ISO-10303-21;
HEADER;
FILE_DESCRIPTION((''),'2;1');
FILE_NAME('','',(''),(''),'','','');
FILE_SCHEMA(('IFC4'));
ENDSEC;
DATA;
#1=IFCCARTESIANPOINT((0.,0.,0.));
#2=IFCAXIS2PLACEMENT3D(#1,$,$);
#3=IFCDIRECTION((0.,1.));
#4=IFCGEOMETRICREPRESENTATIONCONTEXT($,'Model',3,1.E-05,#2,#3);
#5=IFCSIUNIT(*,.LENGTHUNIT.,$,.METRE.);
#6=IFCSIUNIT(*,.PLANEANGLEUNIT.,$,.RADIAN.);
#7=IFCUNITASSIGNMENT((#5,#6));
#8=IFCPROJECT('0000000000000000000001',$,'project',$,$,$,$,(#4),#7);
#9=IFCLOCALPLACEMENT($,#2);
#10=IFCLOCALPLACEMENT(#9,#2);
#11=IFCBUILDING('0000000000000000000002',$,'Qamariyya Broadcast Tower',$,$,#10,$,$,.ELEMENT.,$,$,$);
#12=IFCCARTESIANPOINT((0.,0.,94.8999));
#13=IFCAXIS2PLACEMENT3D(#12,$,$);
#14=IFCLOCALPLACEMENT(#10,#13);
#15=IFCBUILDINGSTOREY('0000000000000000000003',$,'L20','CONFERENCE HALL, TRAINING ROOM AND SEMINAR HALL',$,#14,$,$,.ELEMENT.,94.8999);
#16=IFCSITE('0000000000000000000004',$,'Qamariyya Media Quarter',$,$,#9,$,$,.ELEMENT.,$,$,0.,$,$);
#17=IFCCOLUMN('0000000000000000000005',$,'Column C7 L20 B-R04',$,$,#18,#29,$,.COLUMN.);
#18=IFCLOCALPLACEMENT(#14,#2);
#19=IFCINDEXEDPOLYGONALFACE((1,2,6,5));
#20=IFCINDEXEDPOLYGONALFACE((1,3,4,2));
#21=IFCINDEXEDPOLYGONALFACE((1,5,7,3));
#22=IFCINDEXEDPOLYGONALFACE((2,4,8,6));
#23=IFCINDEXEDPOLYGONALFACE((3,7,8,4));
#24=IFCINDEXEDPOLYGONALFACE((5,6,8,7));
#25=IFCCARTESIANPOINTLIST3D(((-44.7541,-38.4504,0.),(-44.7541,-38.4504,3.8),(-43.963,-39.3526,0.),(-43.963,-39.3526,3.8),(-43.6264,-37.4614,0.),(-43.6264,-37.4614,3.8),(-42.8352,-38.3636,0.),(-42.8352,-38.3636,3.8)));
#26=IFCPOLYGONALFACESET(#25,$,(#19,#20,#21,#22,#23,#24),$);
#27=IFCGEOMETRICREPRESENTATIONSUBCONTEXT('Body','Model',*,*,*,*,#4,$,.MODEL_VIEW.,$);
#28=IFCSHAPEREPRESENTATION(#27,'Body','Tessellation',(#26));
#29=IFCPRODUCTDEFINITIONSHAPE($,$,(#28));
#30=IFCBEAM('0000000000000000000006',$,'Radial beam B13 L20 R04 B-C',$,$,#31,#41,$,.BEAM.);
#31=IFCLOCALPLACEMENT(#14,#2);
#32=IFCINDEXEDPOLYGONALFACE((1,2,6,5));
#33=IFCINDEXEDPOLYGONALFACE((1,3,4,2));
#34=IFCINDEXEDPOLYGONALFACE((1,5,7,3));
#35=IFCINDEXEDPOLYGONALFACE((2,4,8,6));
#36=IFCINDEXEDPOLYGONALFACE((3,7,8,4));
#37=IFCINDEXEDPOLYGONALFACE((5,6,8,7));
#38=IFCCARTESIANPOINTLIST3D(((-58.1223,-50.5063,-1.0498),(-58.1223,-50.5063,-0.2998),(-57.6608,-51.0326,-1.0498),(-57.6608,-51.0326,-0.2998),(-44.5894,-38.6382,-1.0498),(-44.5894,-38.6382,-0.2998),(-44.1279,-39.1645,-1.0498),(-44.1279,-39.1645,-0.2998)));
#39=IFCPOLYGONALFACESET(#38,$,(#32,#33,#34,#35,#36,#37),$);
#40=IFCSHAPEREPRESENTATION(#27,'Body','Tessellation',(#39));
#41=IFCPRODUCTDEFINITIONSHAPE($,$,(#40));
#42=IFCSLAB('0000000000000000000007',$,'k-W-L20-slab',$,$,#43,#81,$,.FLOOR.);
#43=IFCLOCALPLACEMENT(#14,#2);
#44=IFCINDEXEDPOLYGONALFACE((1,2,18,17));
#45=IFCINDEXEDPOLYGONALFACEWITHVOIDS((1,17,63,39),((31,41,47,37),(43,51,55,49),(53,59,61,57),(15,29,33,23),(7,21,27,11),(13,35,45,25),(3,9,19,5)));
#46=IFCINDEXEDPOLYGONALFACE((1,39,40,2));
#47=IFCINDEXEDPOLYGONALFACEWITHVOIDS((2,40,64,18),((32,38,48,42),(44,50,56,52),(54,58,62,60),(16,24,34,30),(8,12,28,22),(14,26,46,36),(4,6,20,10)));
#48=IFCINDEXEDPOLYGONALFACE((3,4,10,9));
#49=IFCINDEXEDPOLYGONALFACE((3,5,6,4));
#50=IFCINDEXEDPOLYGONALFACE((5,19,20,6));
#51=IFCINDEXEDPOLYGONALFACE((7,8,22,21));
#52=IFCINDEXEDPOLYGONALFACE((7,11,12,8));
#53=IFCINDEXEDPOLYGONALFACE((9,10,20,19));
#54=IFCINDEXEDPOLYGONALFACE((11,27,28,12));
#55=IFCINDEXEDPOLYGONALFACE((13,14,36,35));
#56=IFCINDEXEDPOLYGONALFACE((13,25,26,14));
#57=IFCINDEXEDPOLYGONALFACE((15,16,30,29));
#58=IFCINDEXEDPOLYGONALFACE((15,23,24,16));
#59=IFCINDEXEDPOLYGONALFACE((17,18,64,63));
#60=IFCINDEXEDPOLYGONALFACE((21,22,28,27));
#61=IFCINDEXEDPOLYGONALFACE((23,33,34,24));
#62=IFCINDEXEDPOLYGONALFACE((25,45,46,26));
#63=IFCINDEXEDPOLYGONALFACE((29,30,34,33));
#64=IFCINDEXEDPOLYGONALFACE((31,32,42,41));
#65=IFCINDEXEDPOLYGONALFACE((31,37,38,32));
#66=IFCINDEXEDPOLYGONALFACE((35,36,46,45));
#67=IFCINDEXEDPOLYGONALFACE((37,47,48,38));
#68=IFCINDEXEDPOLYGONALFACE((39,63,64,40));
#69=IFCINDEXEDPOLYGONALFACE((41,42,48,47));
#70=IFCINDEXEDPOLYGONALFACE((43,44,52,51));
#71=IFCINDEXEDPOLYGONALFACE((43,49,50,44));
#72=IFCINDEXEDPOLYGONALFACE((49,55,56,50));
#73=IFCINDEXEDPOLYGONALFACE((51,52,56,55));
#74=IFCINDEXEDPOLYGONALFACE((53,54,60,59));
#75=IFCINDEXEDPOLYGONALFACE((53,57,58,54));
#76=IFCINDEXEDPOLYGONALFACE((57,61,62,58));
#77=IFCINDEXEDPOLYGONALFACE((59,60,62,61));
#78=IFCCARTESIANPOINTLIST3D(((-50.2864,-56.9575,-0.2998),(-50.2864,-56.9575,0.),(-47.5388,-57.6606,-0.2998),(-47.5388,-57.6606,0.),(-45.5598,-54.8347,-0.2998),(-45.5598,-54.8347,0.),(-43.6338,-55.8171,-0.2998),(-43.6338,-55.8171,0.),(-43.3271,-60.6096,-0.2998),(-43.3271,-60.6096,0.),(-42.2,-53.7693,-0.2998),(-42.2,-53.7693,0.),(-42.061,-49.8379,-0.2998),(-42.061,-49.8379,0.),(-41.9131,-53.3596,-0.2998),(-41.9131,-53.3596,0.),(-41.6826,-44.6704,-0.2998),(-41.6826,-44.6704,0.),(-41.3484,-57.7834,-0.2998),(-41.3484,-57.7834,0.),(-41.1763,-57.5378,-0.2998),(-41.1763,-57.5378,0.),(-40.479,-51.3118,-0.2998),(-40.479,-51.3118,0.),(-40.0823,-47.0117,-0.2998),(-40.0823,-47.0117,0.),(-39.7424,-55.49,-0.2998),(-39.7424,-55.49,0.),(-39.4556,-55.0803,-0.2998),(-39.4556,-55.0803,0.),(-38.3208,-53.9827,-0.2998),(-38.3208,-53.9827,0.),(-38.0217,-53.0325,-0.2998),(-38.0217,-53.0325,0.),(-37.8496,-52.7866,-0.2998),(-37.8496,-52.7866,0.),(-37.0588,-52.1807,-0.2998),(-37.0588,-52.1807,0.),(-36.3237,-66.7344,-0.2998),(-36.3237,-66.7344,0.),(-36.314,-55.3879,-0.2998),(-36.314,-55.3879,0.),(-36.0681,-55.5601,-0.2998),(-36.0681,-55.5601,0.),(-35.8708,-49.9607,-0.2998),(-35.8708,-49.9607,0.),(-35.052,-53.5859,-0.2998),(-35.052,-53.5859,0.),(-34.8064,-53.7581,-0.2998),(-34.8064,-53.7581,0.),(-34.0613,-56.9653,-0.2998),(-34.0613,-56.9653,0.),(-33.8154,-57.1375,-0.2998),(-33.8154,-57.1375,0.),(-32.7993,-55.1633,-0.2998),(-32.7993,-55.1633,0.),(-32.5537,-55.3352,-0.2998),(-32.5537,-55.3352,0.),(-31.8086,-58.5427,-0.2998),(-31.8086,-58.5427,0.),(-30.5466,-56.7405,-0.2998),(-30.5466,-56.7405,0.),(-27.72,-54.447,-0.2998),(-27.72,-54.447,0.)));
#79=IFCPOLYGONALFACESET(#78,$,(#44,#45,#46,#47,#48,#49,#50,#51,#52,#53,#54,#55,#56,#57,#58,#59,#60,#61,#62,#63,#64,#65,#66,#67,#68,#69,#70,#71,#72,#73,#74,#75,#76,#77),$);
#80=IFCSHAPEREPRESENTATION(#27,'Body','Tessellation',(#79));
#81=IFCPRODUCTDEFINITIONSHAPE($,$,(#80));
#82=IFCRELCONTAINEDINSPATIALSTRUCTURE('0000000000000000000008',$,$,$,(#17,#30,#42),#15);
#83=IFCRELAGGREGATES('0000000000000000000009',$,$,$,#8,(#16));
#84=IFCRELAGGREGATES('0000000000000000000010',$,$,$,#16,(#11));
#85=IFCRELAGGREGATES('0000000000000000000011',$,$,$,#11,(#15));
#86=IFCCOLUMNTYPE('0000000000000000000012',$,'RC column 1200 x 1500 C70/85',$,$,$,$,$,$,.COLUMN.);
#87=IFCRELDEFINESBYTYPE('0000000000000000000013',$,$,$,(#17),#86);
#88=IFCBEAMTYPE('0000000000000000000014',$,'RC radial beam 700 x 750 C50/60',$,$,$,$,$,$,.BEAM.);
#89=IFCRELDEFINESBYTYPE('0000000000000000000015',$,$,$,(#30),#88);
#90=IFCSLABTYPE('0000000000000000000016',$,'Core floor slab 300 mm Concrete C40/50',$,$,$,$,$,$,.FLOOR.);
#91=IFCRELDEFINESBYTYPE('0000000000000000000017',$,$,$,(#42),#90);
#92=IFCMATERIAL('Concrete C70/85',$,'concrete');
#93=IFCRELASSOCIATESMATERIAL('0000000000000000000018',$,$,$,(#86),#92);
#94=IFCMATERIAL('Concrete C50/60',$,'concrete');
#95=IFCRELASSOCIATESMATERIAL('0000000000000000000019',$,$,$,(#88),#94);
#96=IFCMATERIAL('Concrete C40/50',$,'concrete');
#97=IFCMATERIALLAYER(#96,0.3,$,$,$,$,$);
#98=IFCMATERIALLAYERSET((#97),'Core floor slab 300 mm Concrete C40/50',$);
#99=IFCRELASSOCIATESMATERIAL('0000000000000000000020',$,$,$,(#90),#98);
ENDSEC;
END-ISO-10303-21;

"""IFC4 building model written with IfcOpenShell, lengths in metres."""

from ifc_helpers import new_model, si_unit, direction, frame, origin, origin_2d, place, context, subcontext, project, spatial, polyline, rectangle, outline, extrude, material, layer, layer_set, material_profile, profile_set, type_object, element, save


model = new_model("IFC4")

# Units and contexts
model_context = context("Model", 3, precision=1e-05, world=origin(), true_north=direction((0.0, 1.0)))
body_context = subcontext(model_context, "Body", "Model", "MODEL_VIEW")
ifc_project = project(units=[si_unit("LENGTHUNIT", "METRE"), si_unit("PLANEANGLEUNIT", "RADIAN")], contexts=[model_context])

# Site, building, storey
site_placement = place(None, origin())
site = spatial("IfcSite", under=ifc_project, at=site_placement, Name="Qamariyya Media Quarter", CompositionType="ELEMENT", RefElevation=0.0)
building_placement = place(site_placement, origin())
building = spatial("IfcBuilding", under=site, at=building_placement, Name="Qamariyya Broadcast Tower", CompositionType="ELEMENT")
storey_placement = place(building_placement, frame((0.0, 0.0, 94.8999)))
storey = spatial("IfcBuildingStorey", under=building, at=storey_placement, Name="L20", Description="CONFERENCE HALL, TRAINING ROOM AND SEMINAR HALL", CompositionType="ELEMENT", Elevation=94.8999)

# Column
ifc_material_1 = material(Name="Concrete C70/85", Category="concrete")
ifc_material_profile_1 = material_profile(ifc_material_1, rectangle(XDim=1.2, YDim=1.5, at=origin_2d()))
ifc_profile_set_1 = profile_set([ifc_material_profile_1], Name="Concrete C70/85")
column_type = type_object("IfcColumnType", Name="RC column 1200 x 1500 C70/85", PredefinedType="COLUMN", material=ifc_profile_set_1)
column_placement = place(storey_placement, frame((-43.7947, -38.407, 0.0), z_axis=(0.0, 0.0, 1.0), x_axis=(0.659346, -0.75184, 0.0)))
element("IfcColumn", 1, at=column_placement, inside=storey, type_object=column_type, Name="Column C7 L20 B-R04", PredefinedType="COLUMN", context=body_context, shape_type="SweptSolid", body=[
    extrude(rectangle(XDim=1.2, YDim=1.5, at=origin_2d()), origin(), (0.0, 0.0, 1.0), 3.8),
])

# Beam
ifc_material_2 = material(Name="Concrete C50/60", Category="concrete")
ifc_material_profile_2 = material_profile(ifc_material_2, rectangle(XDim=0.7, YDim=0.75, at=origin_2d()))
ifc_profile_set_2 = profile_set([ifc_material_profile_2], Name="Concrete C50/60")
beam_type = type_object("IfcBeamType", Name="RC radial beam 700 x 750 C50/60", PredefinedType="BEAM", material=ifc_profile_set_2)
beam_placement = place(storey_placement, frame((-44.3586, -38.9014, -0.6748), z_axis=(-0.751838, -0.659348, 0.0), x_axis=(0.659348, -0.751838, 0.0)))
element("IfcBeam", 2, at=beam_placement, inside=storey, type_object=beam_type, Name="Radial beam B13 L20 R04 B-C", PredefinedType="BEAM", context=body_context, shape_type="SweptSolid", body=[
    extrude(rectangle(XDim=0.7, YDim=0.75, at=origin_2d()), origin(), (0.0, 0.0, 1.0), 17.9998),
])

# Slab
ifc_material_3 = material(Name="Concrete C40/50", Category="concrete")
ifc_layer_1 = layer(ifc_material_3, 0.3)
ifc_layer_set_1 = layer_set([ifc_layer_1], Name="Core floor slab 300 mm Concrete C40/50")
slab_type_1 = type_object("IfcSlabType", Name="Core floor slab 300 mm Concrete C40/50", PredefinedType="FLOOR", material=ifc_layer_set_1)
slab_1_placement = place(storey_placement, frame((0.0, 0.0, -0.2998)))
element("IfcSlab", 3, at=slab_1_placement, inside=storey, type_object=slab_type_1, Name="k-W-L20-slab", PredefinedType="FLOOR", context=body_context, shape_type="SweptSolid", body=[
    extrude(outline(polyline([(-50.2864, -56.9575), (-36.3237, -66.7344), (-27.72, -54.447), (-41.6826, -44.6704), (-50.2864, -56.9575)]), holes=[polyline([(-31.8086, -58.5427), (-33.8154, -57.1375), (-32.5537, -55.3352), (-30.5466, -56.7405), (-31.8086, -58.5427)]), polyline([(-34.0613, -56.9653), (-36.0681, -55.5601), (-34.8064, -53.7581), (-32.7993, -55.1633), (-34.0613, -56.9653)]), polyline([(-36.314, -55.3879), (-38.3208, -53.9827), (-37.0588, -52.1807), (-35.052, -53.5859), (-36.314, -55.3879)]), polyline([(-39.7424, -55.49), (-42.2, -53.7693), (-43.6338, -55.8171), (-41.1763, -57.5378), (-39.7424, -55.49)]), polyline([(-39.4556, -55.0803), (-41.9131, -53.3596), (-40.479, -51.3118), (-38.0217, -53.0325), (-39.4556, -55.0803)]), polyline([(-42.061, -49.8379), (-37.8496, -52.7866), (-35.8708, -49.9607), (-40.0823, -47.0117), (-42.061, -49.8379)]), polyline([(-47.5388, -57.6606), (-43.3271, -60.6096), (-41.3484, -57.7834), (-45.5598, -54.8347), (-47.5388, -57.6606)])]), origin(), (0.0, 0.0, 1.0), 0.2998),
])

save(model, "model.ifc")
